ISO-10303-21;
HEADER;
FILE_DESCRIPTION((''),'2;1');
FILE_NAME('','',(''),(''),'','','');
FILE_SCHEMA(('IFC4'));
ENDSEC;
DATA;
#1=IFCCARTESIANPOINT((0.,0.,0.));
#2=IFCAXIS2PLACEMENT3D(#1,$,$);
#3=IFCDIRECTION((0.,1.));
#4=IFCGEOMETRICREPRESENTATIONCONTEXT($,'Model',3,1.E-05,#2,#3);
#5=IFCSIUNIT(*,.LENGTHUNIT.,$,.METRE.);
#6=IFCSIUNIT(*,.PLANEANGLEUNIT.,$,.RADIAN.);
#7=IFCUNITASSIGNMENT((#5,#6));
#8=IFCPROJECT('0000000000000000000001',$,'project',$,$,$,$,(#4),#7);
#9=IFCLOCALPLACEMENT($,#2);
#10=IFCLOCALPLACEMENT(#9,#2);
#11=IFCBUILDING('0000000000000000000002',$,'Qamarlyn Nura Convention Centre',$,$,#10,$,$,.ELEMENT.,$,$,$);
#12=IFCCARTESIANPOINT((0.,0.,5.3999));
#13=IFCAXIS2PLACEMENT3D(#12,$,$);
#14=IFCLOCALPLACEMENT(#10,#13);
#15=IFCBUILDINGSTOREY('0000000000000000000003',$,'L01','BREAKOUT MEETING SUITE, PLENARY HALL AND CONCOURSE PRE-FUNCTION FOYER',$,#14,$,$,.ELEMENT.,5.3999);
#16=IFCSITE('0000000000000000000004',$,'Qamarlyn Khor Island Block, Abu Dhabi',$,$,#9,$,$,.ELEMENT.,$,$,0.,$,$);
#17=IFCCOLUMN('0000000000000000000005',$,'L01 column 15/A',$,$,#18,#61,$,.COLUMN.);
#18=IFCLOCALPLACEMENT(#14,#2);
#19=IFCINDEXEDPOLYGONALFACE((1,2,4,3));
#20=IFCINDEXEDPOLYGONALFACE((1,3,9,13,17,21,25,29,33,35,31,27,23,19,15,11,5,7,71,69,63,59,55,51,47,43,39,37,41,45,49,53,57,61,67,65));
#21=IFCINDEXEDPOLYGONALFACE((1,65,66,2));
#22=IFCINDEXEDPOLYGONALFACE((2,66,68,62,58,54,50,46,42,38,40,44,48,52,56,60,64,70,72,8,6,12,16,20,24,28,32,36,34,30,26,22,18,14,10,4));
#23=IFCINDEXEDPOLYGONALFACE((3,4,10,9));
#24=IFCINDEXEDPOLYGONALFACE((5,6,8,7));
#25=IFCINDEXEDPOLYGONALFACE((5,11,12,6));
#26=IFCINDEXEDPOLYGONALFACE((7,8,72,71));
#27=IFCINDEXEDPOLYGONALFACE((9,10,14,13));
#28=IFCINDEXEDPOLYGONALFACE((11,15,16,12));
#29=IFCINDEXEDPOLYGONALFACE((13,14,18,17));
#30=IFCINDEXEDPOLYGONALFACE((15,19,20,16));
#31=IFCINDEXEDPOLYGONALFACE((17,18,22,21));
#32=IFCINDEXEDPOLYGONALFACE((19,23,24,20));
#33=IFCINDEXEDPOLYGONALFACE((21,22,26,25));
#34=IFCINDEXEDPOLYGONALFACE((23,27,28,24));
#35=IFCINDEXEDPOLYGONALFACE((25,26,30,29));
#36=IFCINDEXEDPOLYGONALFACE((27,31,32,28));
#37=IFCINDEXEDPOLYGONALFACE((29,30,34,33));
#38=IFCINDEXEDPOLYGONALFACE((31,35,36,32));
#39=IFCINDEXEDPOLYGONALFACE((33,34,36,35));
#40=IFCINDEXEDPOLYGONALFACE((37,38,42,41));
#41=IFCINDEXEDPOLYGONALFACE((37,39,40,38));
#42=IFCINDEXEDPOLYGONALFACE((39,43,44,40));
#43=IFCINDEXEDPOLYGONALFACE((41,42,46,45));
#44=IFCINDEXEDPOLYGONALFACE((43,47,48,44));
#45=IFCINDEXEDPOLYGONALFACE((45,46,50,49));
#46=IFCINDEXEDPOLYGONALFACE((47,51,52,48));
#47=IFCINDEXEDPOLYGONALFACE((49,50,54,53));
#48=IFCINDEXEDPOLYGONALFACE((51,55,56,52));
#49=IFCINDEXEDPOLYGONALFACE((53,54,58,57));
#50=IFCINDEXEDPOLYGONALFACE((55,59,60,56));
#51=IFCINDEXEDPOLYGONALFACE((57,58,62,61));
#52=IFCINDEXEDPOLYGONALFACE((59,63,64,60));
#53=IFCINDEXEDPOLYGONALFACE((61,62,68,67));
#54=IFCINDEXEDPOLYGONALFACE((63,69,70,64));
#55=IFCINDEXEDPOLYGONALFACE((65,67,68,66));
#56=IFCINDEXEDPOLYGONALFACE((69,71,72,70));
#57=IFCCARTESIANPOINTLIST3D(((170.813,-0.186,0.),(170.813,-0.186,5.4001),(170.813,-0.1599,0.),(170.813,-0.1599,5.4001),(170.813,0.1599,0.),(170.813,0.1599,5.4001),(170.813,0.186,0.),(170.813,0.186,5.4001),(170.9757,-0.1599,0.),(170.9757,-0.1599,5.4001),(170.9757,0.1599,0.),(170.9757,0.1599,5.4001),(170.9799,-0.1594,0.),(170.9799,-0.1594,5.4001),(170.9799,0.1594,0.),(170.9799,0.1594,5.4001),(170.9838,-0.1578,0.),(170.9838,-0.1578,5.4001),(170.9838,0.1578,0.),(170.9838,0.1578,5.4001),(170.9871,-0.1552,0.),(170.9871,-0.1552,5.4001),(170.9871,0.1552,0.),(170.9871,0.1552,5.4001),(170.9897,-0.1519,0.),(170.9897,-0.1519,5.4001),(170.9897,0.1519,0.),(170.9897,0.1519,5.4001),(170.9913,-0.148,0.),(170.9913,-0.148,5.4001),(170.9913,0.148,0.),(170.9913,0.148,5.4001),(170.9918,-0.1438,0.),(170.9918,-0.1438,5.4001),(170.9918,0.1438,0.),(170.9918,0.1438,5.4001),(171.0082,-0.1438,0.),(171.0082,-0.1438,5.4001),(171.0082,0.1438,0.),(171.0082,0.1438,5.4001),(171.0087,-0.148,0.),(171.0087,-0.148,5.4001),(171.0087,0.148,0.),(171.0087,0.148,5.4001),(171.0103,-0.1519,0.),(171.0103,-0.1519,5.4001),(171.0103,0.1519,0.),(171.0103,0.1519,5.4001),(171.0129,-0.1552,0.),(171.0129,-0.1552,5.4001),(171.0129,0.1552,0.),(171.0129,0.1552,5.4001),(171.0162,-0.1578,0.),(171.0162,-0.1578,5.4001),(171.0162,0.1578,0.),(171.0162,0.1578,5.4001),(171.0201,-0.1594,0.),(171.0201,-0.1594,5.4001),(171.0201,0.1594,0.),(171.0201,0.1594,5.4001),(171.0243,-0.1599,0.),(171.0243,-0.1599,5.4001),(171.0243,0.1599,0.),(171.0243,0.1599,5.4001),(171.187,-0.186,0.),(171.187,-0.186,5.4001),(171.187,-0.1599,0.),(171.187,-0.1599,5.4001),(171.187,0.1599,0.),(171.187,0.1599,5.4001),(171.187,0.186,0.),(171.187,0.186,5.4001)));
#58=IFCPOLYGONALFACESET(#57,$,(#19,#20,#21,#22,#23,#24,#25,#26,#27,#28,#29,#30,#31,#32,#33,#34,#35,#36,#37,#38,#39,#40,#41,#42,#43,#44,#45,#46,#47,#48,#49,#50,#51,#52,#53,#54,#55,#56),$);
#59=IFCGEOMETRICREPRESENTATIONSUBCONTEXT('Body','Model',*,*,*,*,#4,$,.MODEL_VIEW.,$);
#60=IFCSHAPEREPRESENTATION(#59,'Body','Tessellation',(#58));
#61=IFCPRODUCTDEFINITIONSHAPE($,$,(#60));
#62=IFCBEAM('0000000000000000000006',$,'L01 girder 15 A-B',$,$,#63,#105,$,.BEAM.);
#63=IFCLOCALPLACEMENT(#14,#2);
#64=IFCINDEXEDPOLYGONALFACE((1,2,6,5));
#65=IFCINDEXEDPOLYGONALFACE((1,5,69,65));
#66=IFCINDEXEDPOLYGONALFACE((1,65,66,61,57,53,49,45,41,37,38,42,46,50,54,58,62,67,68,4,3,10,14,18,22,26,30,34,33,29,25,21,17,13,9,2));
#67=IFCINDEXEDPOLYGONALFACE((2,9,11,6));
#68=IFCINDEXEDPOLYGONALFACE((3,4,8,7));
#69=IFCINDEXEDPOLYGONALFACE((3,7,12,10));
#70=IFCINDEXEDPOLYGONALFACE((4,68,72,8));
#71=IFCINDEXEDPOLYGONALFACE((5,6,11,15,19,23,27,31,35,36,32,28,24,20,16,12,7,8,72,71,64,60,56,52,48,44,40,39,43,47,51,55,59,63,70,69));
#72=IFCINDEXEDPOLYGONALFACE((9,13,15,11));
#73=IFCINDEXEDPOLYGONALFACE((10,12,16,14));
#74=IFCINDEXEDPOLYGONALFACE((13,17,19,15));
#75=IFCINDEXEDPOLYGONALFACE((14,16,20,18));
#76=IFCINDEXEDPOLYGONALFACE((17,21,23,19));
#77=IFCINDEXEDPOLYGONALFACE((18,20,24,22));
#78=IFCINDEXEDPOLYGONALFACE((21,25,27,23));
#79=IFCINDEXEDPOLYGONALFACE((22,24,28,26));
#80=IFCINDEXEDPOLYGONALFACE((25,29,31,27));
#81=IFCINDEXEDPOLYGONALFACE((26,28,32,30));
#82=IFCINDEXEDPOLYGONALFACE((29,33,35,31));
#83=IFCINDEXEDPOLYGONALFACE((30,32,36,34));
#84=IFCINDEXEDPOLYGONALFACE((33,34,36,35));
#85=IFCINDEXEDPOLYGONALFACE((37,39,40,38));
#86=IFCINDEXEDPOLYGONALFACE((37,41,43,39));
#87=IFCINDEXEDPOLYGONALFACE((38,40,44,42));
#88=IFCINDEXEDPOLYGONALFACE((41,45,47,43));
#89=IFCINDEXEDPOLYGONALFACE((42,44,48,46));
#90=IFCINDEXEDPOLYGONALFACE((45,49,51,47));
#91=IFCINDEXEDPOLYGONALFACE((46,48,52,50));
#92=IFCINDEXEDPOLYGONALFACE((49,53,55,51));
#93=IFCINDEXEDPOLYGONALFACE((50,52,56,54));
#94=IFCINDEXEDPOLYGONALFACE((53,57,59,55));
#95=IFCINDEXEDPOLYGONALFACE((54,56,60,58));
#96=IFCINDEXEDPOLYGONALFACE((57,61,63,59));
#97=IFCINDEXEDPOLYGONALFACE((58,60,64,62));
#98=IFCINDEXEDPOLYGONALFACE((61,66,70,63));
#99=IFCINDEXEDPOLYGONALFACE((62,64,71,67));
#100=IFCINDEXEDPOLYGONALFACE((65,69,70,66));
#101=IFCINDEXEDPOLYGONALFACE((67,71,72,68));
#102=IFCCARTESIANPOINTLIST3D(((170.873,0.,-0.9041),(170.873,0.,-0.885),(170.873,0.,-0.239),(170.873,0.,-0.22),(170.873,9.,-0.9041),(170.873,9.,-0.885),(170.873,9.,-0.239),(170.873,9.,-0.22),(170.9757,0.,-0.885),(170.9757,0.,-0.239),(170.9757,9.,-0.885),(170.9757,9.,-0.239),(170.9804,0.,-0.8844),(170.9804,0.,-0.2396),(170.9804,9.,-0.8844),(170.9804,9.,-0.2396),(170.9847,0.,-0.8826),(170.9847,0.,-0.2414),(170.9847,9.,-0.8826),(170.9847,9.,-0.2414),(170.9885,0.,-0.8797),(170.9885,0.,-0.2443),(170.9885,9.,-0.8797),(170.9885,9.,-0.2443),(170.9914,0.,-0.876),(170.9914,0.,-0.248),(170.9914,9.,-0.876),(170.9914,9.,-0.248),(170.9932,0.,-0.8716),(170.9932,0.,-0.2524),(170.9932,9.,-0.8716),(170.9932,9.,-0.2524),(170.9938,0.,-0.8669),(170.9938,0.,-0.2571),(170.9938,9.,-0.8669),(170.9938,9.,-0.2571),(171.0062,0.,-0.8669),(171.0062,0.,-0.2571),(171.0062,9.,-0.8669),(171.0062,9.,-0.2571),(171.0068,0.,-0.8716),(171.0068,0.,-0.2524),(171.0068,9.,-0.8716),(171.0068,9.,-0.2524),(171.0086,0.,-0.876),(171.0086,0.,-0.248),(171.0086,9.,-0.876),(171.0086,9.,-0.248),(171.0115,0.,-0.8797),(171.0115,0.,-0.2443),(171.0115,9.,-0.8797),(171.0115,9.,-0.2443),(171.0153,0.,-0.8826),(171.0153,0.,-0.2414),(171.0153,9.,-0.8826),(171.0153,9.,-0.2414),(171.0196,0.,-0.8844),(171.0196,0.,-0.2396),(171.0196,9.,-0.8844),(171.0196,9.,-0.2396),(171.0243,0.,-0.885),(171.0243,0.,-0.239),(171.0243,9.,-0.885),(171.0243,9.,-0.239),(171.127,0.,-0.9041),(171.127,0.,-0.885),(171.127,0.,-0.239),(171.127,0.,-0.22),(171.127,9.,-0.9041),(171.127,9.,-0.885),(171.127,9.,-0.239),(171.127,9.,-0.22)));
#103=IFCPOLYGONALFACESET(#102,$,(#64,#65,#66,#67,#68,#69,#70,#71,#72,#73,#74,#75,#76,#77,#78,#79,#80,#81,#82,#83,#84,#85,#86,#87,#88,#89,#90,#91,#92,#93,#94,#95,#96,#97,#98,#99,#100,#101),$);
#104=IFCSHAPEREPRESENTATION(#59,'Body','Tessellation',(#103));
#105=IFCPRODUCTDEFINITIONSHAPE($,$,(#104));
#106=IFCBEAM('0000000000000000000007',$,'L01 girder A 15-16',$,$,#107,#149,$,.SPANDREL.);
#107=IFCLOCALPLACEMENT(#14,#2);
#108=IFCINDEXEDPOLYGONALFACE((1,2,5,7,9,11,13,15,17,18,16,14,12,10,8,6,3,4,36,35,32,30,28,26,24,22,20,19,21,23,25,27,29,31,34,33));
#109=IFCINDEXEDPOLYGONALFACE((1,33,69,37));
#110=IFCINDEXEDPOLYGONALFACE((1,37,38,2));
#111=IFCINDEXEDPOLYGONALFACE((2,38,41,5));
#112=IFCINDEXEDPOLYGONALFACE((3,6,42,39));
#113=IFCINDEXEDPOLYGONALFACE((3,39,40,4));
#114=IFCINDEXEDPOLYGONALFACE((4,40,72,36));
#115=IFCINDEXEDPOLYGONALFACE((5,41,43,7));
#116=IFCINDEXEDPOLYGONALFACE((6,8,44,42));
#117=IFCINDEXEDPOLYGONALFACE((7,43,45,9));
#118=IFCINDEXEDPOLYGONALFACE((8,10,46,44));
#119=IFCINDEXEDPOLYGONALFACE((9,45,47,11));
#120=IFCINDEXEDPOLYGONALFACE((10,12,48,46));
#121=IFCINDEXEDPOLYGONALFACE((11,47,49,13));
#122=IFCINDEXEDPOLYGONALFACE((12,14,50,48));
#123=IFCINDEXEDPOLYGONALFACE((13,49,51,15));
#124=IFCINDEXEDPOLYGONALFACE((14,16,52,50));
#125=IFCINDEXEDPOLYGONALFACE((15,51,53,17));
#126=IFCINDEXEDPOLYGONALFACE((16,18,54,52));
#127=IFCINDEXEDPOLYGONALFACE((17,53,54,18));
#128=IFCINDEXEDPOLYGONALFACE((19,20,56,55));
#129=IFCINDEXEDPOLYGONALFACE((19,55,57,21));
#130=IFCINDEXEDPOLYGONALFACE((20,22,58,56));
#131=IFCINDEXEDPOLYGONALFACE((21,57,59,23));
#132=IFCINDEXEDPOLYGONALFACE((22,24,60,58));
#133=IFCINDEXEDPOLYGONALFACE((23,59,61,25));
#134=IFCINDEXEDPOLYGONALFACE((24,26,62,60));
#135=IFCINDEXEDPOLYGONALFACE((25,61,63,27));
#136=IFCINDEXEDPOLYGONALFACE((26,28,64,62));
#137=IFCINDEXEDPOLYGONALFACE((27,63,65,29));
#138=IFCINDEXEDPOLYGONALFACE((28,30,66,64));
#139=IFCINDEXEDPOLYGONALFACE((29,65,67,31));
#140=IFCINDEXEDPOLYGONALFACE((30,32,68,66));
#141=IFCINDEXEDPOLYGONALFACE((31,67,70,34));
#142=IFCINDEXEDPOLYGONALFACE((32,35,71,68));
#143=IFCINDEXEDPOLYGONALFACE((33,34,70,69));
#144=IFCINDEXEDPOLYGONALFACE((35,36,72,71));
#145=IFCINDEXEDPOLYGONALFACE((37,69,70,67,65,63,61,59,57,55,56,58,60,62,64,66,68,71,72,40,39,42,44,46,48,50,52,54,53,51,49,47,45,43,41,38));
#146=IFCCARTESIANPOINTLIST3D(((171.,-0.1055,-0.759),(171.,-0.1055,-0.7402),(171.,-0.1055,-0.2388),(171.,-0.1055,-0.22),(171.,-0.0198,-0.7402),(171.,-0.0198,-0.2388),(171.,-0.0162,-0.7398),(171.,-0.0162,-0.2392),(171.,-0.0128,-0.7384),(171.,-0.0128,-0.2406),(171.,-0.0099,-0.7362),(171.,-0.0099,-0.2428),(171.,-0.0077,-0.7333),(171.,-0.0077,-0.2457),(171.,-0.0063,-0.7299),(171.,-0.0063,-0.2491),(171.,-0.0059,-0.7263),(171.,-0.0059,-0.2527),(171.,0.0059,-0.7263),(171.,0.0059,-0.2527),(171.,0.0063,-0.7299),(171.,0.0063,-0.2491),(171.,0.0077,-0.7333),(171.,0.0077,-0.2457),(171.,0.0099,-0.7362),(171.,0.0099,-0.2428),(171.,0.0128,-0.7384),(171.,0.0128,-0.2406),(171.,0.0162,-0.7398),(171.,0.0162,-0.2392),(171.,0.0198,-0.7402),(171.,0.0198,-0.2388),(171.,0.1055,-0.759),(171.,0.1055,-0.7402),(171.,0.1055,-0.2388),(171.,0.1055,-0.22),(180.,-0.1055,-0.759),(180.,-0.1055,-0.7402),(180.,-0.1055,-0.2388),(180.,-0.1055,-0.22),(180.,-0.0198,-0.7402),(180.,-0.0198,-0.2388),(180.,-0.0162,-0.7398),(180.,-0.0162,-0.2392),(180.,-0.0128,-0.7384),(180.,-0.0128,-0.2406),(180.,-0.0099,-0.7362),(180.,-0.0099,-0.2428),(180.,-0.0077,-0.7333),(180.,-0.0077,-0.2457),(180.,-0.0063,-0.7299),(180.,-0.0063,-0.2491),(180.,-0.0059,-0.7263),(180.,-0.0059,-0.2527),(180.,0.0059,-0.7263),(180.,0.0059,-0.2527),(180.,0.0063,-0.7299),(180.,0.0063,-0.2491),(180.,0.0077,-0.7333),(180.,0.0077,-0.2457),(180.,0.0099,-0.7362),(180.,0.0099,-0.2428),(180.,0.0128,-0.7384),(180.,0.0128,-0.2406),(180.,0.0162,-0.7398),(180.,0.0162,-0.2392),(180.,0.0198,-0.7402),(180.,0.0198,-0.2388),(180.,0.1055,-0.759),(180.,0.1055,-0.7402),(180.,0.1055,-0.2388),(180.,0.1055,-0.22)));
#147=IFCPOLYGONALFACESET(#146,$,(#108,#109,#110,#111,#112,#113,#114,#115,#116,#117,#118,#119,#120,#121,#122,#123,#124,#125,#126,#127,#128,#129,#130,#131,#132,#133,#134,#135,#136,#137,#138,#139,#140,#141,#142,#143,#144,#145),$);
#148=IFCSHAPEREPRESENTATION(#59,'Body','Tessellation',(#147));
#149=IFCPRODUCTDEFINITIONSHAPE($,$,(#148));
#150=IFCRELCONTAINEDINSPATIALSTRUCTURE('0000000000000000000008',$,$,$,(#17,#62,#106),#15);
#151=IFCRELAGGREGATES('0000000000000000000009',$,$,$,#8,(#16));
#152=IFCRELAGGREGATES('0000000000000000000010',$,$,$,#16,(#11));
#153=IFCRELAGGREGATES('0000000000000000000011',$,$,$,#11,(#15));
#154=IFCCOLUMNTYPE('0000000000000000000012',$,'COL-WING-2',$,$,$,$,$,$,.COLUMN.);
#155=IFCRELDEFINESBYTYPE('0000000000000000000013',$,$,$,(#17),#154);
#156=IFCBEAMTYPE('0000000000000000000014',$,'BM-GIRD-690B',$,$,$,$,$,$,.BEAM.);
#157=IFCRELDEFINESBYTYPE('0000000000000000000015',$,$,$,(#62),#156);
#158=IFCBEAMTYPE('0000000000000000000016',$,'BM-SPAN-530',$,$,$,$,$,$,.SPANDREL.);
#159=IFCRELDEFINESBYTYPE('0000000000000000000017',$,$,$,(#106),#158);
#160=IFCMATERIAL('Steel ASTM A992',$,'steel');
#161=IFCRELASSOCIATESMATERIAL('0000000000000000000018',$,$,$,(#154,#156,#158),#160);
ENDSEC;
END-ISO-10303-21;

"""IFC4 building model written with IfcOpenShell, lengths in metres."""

from ifc_helpers import new_model, si_unit, direction, frame, origin, origin_2d, place, context, subcontext, project, spatial, i_section, extrude, material, material_profile, profile_set, type_object, element, save


model = new_model("IFC4")

# Units and contexts
model_context = context("Model", 3, precision=1e-05, world=origin(), true_north=direction((0.0, 1.0)))
body_context = subcontext(model_context, "Body", "Model", "MODEL_VIEW")
ifc_project = project(units=[si_unit("LENGTHUNIT", "METRE"), si_unit("PLANEANGLEUNIT", "RADIAN")], contexts=[model_context])

# Site, building, storey
site_placement = place(None, origin())
site = spatial("IfcSite", under=ifc_project, at=site_placement, Name="Qamarlyn Khor Island Block, Abu Dhabi", CompositionType="ELEMENT", RefElevation=0.0)
building_placement = place(site_placement, origin())
building = spatial("IfcBuilding", under=site, at=building_placement, Name="Qamarlyn Nura Convention Centre", CompositionType="ELEMENT")
storey_placement = place(building_placement, frame((0.0, 0.0, 5.3999)))
storey = spatial("IfcBuildingStorey", under=building, at=storey_placement, Name="L01", Description="BREAKOUT MEETING SUITE, PLENARY HALL AND CONCOURSE PRE-FUNCTION FOYER", CompositionType="ELEMENT", Elevation=5.3999)

# Column
ifc_material_1 = material(Name="Steel ASTM A992", Category="steel")
ifc_material_profile_1 = material_profile(ifc_material_1, i_section(OverallWidth=0.374, OverallDepth=0.3721, WebThickness=0.0164, FlangeThickness=0.0261, FilletRadius=0.0161, at=origin_2d()), Name="W360X196")
ifc_profile_set_1 = profile_set([ifc_material_profile_1], Name="Steel ASTM A992")
column_type = type_object("IfcColumnType", Name="COL-WING-2", PredefinedType="COLUMN", material=ifc_profile_set_1)
column_placement = place(storey_placement, frame((171.0, 0.0, 0.0), z_axis=(0.0, 0.0, 1.0), x_axis=(1.0, 0.0, 0.0)))
element("IfcColumn", 1, at=column_placement, inside=storey, type_object=column_type, Name="L01 column 15/A", PredefinedType="COLUMN", context=body_context, shape_type="SweptSolid", body=[
    extrude(i_section(OverallWidth=0.374, OverallDepth=0.3721, WebThickness=0.0164, FlangeThickness=0.0261, FilletRadius=0.0161, at=origin_2d()), origin(), (0.0, 0.0, 1.0), 5.4001),
])

# Beams
ifc_material_profile_2 = material_profile(ifc_material_1, i_section(OverallWidth=0.2539, OverallDepth=0.6841, WebThickness=0.0125, FlangeThickness=0.019, FilletRadius=0.0181, at=origin_2d()), Name="W690X140")
ifc_profile_set_2 = profile_set([ifc_material_profile_2], Name="Steel ASTM A992")
beam_type_1 = type_object("IfcBeamType", Name="BM-GIRD-690B", PredefinedType="BEAM", material=ifc_profile_set_2)
beam_1_placement = place(storey_placement, frame((171.0, 0.0, -0.562), z_axis=(0.0, 1.0, 0.0), x_axis=(-1.0, 0.0, 0.0)))
element("IfcBeam", 2, at=beam_1_placement, inside=storey, type_object=beam_type_1, Name="L01 girder 15 A-B", PredefinedType="BEAM", context=body_context, shape_type="SweptSolid", body=[
    extrude(i_section(OverallWidth=0.2539, OverallDepth=0.6841, WebThickness=0.0125, FlangeThickness=0.019, FilletRadius=0.0181, at=origin_2d()), origin(), (0.0, 0.0, 1.0), 9.0),
])
ifc_material_profile_3 = material_profile(ifc_material_1, i_section(OverallWidth=0.2109, OverallDepth=0.5391, WebThickness=0.0117, FlangeThickness=0.0188, FilletRadius=0.0139, at=origin_2d()), Name="W530X109")
ifc_profile_set_3 = profile_set([ifc_material_profile_3], Name="Steel ASTM A992")
beam_type_2 = type_object("IfcBeamType", Name="BM-SPAN-530", PredefinedType="SPANDREL", material=ifc_profile_set_3)
beam_2_placement = place(storey_placement, frame((171.0, 0.0, -0.4895), z_axis=(1.0, 0.0, 0.0), x_axis=(0.0, 1.0, 0.0)))
element("IfcBeam", 3, at=beam_2_placement, inside=storey, type_object=beam_type_2, Name="L01 girder A 15-16", PredefinedType="SPANDREL", context=body_context, shape_type="SweptSolid", body=[
    extrude(i_section(OverallWidth=0.2109, OverallDepth=0.5391, WebThickness=0.0117, FlangeThickness=0.0188, FilletRadius=0.0139, at=origin_2d()), origin(), (0.0, 0.0, 1.0), 9.0),
])

save(model, "model.ifc")
